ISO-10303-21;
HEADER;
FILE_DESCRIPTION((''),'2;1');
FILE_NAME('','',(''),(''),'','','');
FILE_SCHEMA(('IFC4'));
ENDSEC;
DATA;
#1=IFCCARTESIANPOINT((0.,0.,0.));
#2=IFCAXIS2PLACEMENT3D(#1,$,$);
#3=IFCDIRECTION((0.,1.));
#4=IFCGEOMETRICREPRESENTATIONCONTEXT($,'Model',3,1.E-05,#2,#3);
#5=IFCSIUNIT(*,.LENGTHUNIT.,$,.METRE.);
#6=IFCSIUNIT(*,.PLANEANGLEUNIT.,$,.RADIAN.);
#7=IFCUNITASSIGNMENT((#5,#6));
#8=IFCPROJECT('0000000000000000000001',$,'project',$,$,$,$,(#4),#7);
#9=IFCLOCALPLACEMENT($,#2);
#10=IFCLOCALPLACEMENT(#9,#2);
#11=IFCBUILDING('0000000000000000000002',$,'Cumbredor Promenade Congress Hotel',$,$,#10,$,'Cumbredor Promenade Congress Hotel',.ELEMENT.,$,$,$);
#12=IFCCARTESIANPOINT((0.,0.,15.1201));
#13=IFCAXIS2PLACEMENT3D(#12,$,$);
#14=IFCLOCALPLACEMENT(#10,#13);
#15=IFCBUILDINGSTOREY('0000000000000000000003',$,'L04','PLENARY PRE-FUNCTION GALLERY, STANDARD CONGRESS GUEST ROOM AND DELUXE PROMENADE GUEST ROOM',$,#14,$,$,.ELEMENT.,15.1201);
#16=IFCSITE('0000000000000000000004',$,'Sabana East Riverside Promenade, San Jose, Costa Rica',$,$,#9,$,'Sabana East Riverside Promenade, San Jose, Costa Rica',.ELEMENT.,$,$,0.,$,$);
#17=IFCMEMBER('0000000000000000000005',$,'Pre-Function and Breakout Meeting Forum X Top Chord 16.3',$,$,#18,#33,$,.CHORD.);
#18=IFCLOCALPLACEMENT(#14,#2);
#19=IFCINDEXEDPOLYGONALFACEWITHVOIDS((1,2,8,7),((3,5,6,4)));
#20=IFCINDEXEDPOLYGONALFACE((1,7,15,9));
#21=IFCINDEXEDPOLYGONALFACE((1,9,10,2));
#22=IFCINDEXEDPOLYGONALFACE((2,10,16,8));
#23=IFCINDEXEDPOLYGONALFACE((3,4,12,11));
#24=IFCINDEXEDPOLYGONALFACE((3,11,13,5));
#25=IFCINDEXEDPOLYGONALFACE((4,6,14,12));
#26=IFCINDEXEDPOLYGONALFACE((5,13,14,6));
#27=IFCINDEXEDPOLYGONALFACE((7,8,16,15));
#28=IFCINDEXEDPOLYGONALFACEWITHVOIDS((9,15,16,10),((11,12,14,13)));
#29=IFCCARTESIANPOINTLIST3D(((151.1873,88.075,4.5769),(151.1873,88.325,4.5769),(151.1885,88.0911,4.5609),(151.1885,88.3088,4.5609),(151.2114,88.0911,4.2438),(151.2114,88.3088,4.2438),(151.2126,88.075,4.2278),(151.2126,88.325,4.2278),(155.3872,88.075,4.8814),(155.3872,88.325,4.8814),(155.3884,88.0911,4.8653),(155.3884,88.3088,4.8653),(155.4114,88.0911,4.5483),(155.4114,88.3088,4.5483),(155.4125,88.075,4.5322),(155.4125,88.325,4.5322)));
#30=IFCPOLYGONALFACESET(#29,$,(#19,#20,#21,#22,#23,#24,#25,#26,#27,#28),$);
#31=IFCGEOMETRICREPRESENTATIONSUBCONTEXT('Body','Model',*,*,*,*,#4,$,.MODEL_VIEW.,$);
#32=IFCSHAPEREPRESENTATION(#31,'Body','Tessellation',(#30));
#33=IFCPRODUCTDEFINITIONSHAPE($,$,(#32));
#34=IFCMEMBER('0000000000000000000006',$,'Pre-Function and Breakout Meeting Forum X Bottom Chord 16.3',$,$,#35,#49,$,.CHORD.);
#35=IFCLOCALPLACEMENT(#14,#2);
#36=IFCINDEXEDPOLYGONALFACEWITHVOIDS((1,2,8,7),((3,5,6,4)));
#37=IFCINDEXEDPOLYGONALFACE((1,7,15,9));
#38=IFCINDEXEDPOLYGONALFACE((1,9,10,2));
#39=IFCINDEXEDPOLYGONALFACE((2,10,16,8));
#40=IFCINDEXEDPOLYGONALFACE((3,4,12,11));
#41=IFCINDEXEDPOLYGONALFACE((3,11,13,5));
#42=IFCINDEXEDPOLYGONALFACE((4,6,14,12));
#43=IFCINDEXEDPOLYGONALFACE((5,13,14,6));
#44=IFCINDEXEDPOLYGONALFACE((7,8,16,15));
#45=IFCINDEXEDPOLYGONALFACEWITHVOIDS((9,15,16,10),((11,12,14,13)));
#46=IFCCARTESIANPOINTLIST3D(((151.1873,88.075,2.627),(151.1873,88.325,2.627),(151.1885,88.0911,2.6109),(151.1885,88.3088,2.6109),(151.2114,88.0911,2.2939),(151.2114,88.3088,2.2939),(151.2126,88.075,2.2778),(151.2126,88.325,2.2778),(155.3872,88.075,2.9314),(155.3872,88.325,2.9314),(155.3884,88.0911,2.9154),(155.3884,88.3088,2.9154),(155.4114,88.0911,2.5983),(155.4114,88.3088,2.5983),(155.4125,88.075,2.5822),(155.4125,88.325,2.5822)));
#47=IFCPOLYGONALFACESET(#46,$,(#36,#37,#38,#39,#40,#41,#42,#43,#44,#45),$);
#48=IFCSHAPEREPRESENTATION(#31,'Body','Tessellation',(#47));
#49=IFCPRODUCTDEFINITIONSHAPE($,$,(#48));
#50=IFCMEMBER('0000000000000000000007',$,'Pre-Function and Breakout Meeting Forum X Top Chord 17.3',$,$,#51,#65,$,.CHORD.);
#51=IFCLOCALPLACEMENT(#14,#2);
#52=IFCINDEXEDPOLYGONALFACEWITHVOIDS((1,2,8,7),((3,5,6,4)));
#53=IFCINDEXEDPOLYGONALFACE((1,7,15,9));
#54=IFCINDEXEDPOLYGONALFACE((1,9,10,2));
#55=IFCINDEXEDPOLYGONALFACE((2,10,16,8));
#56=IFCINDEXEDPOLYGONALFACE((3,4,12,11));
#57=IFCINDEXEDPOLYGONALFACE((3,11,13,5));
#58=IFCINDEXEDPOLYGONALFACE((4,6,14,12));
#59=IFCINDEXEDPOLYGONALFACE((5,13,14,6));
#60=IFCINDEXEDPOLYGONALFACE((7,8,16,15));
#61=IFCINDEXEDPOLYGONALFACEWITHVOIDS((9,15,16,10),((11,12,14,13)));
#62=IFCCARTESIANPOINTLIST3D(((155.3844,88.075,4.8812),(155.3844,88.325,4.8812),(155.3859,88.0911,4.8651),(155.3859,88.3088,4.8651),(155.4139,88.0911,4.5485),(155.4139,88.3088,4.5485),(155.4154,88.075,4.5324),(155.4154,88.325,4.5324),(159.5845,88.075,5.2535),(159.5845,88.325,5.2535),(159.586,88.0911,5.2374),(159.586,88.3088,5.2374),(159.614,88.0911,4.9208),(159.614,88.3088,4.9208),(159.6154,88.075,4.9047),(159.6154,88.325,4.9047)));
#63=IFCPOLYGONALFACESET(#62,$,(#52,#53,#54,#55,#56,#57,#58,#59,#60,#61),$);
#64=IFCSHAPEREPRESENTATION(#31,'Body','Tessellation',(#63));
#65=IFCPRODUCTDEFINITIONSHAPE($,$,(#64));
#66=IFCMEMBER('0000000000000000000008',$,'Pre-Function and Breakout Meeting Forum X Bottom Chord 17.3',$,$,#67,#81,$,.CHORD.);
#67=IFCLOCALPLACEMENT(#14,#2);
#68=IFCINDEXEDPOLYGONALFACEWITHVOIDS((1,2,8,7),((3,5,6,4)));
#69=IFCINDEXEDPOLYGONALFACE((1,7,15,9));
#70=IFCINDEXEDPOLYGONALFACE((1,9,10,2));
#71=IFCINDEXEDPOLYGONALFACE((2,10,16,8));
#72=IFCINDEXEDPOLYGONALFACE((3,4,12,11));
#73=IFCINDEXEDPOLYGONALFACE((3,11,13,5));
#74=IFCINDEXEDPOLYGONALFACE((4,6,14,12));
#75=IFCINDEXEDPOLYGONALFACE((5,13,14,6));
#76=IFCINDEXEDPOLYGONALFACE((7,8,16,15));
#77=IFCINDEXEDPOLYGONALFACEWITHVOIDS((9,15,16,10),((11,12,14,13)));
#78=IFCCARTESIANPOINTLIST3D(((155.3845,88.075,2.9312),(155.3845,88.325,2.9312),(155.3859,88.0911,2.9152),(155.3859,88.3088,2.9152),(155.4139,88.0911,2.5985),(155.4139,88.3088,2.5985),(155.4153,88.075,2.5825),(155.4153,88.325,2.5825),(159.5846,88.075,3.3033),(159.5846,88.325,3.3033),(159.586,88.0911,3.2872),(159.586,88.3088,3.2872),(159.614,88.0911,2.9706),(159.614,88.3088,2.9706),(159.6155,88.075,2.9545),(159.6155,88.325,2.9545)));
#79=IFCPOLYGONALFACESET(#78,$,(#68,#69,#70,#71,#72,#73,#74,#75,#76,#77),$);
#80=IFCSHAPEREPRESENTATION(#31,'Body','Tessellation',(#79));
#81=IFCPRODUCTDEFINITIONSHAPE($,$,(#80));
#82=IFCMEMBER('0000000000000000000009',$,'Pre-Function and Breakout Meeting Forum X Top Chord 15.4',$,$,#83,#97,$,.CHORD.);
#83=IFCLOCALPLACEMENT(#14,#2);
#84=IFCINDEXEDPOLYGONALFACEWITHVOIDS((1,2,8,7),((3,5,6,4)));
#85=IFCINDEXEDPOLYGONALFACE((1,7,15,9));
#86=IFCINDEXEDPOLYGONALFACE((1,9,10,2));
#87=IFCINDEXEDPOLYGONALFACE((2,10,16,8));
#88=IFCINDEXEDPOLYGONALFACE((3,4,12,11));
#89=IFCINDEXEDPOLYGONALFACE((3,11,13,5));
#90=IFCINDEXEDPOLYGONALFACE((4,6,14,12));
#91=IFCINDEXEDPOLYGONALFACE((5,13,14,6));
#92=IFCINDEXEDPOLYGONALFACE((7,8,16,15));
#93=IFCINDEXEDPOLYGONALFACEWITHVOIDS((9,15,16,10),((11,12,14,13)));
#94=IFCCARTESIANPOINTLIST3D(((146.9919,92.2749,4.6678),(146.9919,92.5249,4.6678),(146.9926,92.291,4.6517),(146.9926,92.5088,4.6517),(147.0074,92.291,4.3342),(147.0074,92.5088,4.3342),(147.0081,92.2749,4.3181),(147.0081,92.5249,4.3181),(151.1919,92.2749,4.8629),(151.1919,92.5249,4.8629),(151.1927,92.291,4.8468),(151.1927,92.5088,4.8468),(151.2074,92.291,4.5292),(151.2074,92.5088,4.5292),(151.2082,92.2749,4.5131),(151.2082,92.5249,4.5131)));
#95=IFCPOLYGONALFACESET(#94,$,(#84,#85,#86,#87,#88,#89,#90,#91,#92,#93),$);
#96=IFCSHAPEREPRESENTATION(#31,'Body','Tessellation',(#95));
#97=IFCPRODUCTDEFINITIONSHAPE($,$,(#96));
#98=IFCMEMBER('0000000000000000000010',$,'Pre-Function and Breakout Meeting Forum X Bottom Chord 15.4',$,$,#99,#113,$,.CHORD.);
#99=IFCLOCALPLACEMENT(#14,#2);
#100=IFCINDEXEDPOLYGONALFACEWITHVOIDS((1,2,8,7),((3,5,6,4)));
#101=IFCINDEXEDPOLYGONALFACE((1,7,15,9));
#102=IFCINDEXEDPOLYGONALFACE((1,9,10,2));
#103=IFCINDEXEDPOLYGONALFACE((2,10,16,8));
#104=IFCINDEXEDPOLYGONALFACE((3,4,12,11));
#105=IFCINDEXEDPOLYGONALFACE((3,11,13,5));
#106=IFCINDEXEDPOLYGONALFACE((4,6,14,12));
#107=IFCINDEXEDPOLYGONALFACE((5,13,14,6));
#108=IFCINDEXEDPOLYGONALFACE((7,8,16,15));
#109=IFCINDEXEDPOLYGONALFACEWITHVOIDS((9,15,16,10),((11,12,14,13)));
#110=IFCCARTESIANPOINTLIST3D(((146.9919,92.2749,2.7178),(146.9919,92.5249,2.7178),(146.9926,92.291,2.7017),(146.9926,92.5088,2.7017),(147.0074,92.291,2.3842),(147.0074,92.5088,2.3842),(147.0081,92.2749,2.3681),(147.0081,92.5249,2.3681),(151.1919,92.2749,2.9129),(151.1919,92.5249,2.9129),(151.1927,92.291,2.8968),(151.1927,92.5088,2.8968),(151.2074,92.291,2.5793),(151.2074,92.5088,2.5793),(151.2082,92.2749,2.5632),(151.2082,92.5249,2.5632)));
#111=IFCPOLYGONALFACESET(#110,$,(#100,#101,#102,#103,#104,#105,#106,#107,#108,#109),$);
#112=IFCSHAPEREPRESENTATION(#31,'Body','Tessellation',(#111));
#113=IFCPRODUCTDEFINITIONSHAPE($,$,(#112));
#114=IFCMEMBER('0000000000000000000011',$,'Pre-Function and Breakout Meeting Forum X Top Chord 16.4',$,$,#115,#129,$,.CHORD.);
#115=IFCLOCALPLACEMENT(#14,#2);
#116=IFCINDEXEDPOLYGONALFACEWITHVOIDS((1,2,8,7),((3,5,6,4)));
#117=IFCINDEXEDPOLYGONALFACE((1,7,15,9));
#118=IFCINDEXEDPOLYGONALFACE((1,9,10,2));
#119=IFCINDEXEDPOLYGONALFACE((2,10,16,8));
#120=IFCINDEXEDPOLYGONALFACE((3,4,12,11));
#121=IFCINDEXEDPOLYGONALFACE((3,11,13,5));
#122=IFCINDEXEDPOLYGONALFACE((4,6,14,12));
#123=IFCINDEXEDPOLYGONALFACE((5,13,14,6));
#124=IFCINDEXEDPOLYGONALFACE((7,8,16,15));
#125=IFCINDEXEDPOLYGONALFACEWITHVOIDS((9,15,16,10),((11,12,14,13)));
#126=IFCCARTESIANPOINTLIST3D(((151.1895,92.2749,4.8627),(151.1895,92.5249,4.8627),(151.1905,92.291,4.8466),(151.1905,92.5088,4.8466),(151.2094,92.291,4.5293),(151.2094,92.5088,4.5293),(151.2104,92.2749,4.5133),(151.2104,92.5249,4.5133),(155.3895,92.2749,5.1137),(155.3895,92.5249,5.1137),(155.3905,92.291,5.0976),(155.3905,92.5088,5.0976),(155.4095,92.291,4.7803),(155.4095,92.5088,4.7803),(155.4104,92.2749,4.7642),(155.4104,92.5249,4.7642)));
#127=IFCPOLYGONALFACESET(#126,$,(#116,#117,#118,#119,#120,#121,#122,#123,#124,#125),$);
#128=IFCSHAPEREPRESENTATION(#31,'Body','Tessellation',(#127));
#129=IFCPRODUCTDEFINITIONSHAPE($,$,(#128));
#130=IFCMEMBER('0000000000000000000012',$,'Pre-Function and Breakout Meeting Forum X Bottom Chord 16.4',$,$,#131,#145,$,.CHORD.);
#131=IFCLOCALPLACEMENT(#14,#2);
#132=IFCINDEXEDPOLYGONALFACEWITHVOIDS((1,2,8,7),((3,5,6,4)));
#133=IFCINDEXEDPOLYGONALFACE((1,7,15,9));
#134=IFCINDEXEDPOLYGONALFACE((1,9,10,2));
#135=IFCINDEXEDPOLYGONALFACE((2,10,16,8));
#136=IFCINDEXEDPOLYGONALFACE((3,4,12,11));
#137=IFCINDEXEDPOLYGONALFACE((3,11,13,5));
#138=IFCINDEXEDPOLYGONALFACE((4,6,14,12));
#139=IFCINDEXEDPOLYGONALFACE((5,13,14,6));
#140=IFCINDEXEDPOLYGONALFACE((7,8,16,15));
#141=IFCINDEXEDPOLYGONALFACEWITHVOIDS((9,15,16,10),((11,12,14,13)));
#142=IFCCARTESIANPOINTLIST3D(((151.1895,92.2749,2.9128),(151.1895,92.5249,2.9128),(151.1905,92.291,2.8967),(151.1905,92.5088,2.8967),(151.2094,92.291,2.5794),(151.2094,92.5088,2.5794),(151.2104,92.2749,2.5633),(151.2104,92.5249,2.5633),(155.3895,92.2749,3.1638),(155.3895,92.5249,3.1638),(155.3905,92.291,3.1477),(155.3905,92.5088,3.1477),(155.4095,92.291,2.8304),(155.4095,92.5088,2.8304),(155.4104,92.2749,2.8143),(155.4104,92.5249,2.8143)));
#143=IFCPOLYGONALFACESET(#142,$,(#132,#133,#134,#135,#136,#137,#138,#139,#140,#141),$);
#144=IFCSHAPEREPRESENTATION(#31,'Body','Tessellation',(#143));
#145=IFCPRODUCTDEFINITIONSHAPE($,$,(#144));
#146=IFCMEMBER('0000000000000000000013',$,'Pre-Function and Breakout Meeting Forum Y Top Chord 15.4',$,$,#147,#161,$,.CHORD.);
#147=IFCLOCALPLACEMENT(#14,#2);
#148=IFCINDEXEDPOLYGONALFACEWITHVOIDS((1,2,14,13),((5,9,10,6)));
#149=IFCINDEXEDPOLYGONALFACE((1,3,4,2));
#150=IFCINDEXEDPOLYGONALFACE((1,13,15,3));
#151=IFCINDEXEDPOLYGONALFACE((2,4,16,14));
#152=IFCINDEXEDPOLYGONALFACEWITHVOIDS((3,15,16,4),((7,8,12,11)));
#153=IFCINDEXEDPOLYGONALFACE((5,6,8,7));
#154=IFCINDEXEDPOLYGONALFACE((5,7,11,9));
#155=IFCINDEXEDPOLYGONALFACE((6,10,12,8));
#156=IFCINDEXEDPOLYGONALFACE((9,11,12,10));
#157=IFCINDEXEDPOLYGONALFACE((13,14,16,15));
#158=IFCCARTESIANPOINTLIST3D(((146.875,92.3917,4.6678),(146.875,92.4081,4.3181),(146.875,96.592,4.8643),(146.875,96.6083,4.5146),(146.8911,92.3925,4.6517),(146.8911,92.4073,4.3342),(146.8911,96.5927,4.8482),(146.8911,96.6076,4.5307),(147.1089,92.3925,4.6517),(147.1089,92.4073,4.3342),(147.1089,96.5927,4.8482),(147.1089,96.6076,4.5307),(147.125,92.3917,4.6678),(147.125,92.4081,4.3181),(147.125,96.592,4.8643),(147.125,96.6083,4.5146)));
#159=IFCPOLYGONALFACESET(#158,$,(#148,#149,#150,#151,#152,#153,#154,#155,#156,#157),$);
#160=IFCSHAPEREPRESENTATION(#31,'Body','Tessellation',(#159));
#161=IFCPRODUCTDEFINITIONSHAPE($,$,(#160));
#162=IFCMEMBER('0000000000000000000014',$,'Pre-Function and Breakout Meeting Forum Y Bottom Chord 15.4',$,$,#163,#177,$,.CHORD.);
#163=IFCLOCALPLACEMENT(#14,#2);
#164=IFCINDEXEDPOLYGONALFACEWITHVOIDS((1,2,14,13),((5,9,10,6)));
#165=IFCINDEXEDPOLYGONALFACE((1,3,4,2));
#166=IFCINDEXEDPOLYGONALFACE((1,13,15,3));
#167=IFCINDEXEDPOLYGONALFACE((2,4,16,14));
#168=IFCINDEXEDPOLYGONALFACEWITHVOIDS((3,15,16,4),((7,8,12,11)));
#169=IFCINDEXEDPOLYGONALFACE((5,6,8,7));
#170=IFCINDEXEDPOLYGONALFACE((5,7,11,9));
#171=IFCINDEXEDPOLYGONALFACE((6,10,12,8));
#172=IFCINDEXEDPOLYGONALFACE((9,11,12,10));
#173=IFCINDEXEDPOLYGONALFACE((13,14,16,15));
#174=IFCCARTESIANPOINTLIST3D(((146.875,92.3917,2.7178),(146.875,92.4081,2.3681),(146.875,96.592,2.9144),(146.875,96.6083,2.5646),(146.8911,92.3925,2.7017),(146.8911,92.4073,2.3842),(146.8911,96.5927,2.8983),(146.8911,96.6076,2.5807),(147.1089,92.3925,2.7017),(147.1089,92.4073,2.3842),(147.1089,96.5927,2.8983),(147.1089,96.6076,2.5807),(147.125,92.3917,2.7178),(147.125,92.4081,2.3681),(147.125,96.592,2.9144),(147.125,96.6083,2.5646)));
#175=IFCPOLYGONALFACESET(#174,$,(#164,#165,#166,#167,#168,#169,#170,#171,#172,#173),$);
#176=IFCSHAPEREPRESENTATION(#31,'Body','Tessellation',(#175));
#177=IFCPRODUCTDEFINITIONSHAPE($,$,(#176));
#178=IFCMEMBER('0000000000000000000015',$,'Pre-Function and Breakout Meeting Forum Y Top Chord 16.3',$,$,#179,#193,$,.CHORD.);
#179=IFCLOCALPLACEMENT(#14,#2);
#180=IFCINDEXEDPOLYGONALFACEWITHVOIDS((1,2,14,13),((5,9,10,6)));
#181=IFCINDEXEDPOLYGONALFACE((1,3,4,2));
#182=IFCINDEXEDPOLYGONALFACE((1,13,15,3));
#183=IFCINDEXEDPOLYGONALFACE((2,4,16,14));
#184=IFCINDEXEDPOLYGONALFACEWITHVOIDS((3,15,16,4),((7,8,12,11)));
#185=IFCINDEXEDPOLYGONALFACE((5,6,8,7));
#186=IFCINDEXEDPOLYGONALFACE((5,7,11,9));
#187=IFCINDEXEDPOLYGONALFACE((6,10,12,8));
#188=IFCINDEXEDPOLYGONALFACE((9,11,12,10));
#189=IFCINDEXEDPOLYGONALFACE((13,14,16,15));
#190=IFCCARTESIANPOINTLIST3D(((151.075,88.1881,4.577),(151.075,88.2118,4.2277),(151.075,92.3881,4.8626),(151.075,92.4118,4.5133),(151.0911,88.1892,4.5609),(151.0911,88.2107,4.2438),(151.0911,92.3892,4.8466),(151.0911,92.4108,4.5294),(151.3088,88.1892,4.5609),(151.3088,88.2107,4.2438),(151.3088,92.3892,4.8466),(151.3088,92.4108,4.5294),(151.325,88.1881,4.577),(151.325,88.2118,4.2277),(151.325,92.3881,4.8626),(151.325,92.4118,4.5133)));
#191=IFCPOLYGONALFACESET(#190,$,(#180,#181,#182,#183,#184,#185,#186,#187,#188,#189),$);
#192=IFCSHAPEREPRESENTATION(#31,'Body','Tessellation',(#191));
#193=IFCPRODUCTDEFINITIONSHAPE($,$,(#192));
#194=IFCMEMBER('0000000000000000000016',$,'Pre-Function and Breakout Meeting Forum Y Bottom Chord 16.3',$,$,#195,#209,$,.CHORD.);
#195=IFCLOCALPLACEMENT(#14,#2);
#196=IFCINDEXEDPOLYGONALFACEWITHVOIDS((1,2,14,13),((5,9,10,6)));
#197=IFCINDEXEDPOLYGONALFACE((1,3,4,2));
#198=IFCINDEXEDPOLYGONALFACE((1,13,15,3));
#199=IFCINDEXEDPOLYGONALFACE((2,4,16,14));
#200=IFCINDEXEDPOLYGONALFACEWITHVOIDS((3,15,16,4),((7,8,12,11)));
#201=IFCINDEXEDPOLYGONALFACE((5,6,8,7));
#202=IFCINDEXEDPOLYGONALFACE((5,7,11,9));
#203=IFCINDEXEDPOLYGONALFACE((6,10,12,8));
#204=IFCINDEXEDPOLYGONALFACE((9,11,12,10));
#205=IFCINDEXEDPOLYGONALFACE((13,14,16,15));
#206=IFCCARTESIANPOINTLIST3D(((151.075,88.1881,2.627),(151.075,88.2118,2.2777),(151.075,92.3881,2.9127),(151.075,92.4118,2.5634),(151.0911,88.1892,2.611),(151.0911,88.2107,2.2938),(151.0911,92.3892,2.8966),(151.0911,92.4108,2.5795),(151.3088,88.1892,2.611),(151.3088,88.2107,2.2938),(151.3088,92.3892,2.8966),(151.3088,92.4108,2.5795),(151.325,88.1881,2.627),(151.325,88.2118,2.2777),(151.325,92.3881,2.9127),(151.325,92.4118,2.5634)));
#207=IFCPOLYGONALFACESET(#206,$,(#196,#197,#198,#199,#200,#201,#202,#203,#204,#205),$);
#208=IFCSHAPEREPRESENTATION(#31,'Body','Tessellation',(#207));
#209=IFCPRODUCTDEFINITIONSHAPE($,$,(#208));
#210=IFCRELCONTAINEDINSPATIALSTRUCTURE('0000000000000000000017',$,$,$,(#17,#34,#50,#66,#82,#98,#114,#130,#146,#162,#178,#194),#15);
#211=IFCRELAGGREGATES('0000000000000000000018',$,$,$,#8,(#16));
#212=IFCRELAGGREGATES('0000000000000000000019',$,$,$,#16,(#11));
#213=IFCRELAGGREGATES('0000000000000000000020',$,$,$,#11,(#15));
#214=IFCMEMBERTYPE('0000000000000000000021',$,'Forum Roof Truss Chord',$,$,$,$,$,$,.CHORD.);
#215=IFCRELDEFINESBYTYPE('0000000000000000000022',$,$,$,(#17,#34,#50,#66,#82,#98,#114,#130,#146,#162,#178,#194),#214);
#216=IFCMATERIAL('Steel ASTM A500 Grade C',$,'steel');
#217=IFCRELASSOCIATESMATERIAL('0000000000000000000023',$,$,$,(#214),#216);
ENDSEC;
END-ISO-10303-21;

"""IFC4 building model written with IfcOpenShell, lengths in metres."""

from ifc_helpers import new_model, si_unit, direction, frame, origin, origin_2d, place, context, subcontext, project, spatial, hollow_rectangle, extrude, material, material_profile, profile_set, type_object, element, save


model = new_model("IFC4")

# Units and contexts
model_context = context("Model", 3, precision=1e-05, world=origin(), true_north=direction((0.0, 1.0)))
body_context = subcontext(model_context, "Body", "Model", "MODEL_VIEW")
ifc_project = project(units=[si_unit("LENGTHUNIT", "METRE"), si_unit("PLANEANGLEUNIT", "RADIAN")], contexts=[model_context])

# Site, building, storey
site_placement = place(None, origin())
site = spatial("IfcSite", under=ifc_project, at=site_placement, Name="Sabana East Riverside Promenade, San Jose, Costa Rica", LongName="Sabana East Riverside Promenade, San Jose, Costa Rica", CompositionType="ELEMENT", RefElevation=0.0)
building_placement = place(site_placement, origin())
building = spatial("IfcBuilding", under=site, at=building_placement, Name="Cumbredor Promenade Congress Hotel", LongName="Cumbredor Promenade Congress Hotel", CompositionType="ELEMENT")
storey_placement = place(building_placement, frame((0.0, 0.0, 15.1201)))
storey = spatial("IfcBuildingStorey", under=building, at=storey_placement, Name="L04", Description="PLENARY PRE-FUNCTION GALLERY, STANDARD CONGRESS GUEST ROOM AND DELUXE PROMENADE GUEST ROOM", CompositionType="ELEMENT", Elevation=15.1201)

# Members
ifc_material_1 = material(Name="Steel ASTM A500 Grade C", Category="steel")
ifc_material_profile_1 = material_profile(ifc_material_1, hollow_rectangle(XDim=0.25, YDim=0.3501, WallThickness=0.0161, at=origin_2d()), Name="HSS 350x250x16")
ifc_profile_set_1 = profile_set([ifc_material_profile_1], Name="Steel ASTM A500 Grade C")
member_type_1 = type_object("IfcMemberType", Name="Forum Roof Truss Chord", PredefinedType="CHORD", material=ifc_profile_set_1)
for number, where, z_axis, x_axis, name in (
    (1, (151.2, 88.2, 4.4023), (0.997383, 0.0, 0.072298), (0.0, 1.0, 0.0), "Pre-Function and Breakout Meeting Forum X Top Chord 16.3"),
    (2, (151.2, 88.2, 2.4524), (0.997383, 0.0, 0.072298), (0.0, 1.0, 0.0), "Pre-Function and Breakout Meeting Forum X Bottom Chord 16.3"),
):
    element("IfcMember", number, at=place(storey_placement, frame(where, z_axis=z_axis, x_axis=x_axis)), inside=storey, type_object=member_type_1, Name=name, PredefinedType="CHORD", context=body_context, shape_type="SweptSolid", body=[
        extrude(hollow_rectangle(XDim=0.25, YDim=0.3501, WallThickness=0.0161, at=origin_2d()), origin(), (0.0, 0.0, 1.0), 4.2109),
    ])
for number, where, z_axis, x_axis, name in (
    (3, (155.3999, 88.2, 4.7068), (0.996094, 0.0, 0.088296), (0.0, 1.0, 0.0), "Pre-Function and Breakout Meeting Forum X Top Chord 17.3"),
    (4, (155.3999, 88.2, 2.7568), (0.996099, 0.0, 0.088239), (0.0, 1.0, 0.0), "Pre-Function and Breakout Meeting Forum X Bottom Chord 17.3"),
):
    element("IfcMember", number, at=place(storey_placement, frame(where, z_axis=z_axis, x_axis=x_axis)), inside=storey, type_object=member_type_1, Name=name, PredefinedType="CHORD", context=body_context, shape_type="SweptSolid", body=[
        extrude(hollow_rectangle(XDim=0.25, YDim=0.3501, WallThickness=0.0161, at=origin_2d()), origin(), (0.0, 0.0, 1.0), 4.2166),
    ])
for number, where, z_axis, x_axis, name in (
    (5, (147.0, 92.3999, 4.4929), (0.998923, 0.0, 0.046395), (0.0, 1.0, 0.0), "Pre-Function and Breakout Meeting Forum X Top Chord 15.4"),
    (6, (147.0, 92.3999, 2.543), (0.998923, 0.0, 0.046395), (0.0, 1.0, 0.0), "Pre-Function and Breakout Meeting Forum X Bottom Chord 15.4"),
):
    element("IfcMember", number, at=place(storey_placement, frame(where, z_axis=z_axis, x_axis=x_axis)), inside=storey, type_object=member_type_1, Name=name, PredefinedType="CHORD", context=body_context, shape_type="SweptSolid", body=[
        extrude(hollow_rectangle(XDim=0.25, YDim=0.3501, WallThickness=0.0161, at=origin_2d()), origin(), (0.0, 0.0, 1.0), 4.2046),
    ])
for number, where, z_axis, x_axis, name in (
    (7, (151.2, 92.3999, 4.688), (0.998219, 0.0, 0.059651), (0.0, 1.0, 0.0), "Pre-Function and Breakout Meeting Forum X Top Chord 16.4"),
    (8, (151.2, 92.3999, 2.738), (0.998219, 0.0, 0.059651), (0.0, 1.0, 0.0), "Pre-Function and Breakout Meeting Forum X Bottom Chord 16.4"),
):
    element("IfcMember", number, at=place(storey_placement, frame(where, z_axis=z_axis, x_axis=x_axis)), inside=storey, type_object=member_type_1, Name=name, PredefinedType="CHORD", context=body_context, shape_type="SweptSolid", body=[
        extrude(hollow_rectangle(XDim=0.25, YDim=0.3501, WallThickness=0.0161, at=origin_2d()), origin(), (0.0, 0.0, 1.0), 4.2075),
    ])
for number, where, z_axis, x_axis, name in (
    (9, (147.0, 92.3999, 4.4929), (0.0, 0.998907, 0.04674), (-1.0, 0.0, 0.0), "Pre-Function and Breakout Meeting Forum Y Top Chord 15.4"),
    (10, (147.0, 92.3999, 2.543), (0.0, 0.998907, 0.04674), (-1.0, 0.0, 0.0), "Pre-Function and Breakout Meeting Forum Y Bottom Chord 15.4"),
):
    element("IfcMember", number, at=place(storey_placement, frame(where, z_axis=z_axis, x_axis=x_axis)), inside=storey, type_object=member_type_1, Name=name, PredefinedType="CHORD", context=body_context, shape_type="SweptSolid", body=[
        extrude(hollow_rectangle(XDim=0.25, YDim=0.3501, WallThickness=0.0161, at=origin_2d()), origin(), (0.0, 0.0, 1.0), 4.2048),
    ])
for number, where, z_axis, x_axis, name in (
    (11, (151.2, 88.2, 4.4023), (0.0, 0.997695, 0.067855), (-1.0, 0.0, 0.0), "Pre-Function and Breakout Meeting Forum Y Top Chord 16.3"),
    (12, (151.2, 88.2, 2.4524), (0.0, 0.997695, 0.067855), (-1.0, 0.0, 0.0), "Pre-Function and Breakout Meeting Forum Y Bottom Chord 16.3"),
):
    element("IfcMember", number, at=place(storey_placement, frame(where, z_axis=z_axis, x_axis=x_axis)), inside=storey, type_object=member_type_1, Name=name, PredefinedType="CHORD", context=body_context, shape_type="SweptSolid", body=[
        extrude(hollow_rectangle(XDim=0.25, YDim=0.3501, WallThickness=0.0161, at=origin_2d()), origin(), (0.0, 0.0, 1.0), 4.2097),
    ])

save(model, "model.ifc")
